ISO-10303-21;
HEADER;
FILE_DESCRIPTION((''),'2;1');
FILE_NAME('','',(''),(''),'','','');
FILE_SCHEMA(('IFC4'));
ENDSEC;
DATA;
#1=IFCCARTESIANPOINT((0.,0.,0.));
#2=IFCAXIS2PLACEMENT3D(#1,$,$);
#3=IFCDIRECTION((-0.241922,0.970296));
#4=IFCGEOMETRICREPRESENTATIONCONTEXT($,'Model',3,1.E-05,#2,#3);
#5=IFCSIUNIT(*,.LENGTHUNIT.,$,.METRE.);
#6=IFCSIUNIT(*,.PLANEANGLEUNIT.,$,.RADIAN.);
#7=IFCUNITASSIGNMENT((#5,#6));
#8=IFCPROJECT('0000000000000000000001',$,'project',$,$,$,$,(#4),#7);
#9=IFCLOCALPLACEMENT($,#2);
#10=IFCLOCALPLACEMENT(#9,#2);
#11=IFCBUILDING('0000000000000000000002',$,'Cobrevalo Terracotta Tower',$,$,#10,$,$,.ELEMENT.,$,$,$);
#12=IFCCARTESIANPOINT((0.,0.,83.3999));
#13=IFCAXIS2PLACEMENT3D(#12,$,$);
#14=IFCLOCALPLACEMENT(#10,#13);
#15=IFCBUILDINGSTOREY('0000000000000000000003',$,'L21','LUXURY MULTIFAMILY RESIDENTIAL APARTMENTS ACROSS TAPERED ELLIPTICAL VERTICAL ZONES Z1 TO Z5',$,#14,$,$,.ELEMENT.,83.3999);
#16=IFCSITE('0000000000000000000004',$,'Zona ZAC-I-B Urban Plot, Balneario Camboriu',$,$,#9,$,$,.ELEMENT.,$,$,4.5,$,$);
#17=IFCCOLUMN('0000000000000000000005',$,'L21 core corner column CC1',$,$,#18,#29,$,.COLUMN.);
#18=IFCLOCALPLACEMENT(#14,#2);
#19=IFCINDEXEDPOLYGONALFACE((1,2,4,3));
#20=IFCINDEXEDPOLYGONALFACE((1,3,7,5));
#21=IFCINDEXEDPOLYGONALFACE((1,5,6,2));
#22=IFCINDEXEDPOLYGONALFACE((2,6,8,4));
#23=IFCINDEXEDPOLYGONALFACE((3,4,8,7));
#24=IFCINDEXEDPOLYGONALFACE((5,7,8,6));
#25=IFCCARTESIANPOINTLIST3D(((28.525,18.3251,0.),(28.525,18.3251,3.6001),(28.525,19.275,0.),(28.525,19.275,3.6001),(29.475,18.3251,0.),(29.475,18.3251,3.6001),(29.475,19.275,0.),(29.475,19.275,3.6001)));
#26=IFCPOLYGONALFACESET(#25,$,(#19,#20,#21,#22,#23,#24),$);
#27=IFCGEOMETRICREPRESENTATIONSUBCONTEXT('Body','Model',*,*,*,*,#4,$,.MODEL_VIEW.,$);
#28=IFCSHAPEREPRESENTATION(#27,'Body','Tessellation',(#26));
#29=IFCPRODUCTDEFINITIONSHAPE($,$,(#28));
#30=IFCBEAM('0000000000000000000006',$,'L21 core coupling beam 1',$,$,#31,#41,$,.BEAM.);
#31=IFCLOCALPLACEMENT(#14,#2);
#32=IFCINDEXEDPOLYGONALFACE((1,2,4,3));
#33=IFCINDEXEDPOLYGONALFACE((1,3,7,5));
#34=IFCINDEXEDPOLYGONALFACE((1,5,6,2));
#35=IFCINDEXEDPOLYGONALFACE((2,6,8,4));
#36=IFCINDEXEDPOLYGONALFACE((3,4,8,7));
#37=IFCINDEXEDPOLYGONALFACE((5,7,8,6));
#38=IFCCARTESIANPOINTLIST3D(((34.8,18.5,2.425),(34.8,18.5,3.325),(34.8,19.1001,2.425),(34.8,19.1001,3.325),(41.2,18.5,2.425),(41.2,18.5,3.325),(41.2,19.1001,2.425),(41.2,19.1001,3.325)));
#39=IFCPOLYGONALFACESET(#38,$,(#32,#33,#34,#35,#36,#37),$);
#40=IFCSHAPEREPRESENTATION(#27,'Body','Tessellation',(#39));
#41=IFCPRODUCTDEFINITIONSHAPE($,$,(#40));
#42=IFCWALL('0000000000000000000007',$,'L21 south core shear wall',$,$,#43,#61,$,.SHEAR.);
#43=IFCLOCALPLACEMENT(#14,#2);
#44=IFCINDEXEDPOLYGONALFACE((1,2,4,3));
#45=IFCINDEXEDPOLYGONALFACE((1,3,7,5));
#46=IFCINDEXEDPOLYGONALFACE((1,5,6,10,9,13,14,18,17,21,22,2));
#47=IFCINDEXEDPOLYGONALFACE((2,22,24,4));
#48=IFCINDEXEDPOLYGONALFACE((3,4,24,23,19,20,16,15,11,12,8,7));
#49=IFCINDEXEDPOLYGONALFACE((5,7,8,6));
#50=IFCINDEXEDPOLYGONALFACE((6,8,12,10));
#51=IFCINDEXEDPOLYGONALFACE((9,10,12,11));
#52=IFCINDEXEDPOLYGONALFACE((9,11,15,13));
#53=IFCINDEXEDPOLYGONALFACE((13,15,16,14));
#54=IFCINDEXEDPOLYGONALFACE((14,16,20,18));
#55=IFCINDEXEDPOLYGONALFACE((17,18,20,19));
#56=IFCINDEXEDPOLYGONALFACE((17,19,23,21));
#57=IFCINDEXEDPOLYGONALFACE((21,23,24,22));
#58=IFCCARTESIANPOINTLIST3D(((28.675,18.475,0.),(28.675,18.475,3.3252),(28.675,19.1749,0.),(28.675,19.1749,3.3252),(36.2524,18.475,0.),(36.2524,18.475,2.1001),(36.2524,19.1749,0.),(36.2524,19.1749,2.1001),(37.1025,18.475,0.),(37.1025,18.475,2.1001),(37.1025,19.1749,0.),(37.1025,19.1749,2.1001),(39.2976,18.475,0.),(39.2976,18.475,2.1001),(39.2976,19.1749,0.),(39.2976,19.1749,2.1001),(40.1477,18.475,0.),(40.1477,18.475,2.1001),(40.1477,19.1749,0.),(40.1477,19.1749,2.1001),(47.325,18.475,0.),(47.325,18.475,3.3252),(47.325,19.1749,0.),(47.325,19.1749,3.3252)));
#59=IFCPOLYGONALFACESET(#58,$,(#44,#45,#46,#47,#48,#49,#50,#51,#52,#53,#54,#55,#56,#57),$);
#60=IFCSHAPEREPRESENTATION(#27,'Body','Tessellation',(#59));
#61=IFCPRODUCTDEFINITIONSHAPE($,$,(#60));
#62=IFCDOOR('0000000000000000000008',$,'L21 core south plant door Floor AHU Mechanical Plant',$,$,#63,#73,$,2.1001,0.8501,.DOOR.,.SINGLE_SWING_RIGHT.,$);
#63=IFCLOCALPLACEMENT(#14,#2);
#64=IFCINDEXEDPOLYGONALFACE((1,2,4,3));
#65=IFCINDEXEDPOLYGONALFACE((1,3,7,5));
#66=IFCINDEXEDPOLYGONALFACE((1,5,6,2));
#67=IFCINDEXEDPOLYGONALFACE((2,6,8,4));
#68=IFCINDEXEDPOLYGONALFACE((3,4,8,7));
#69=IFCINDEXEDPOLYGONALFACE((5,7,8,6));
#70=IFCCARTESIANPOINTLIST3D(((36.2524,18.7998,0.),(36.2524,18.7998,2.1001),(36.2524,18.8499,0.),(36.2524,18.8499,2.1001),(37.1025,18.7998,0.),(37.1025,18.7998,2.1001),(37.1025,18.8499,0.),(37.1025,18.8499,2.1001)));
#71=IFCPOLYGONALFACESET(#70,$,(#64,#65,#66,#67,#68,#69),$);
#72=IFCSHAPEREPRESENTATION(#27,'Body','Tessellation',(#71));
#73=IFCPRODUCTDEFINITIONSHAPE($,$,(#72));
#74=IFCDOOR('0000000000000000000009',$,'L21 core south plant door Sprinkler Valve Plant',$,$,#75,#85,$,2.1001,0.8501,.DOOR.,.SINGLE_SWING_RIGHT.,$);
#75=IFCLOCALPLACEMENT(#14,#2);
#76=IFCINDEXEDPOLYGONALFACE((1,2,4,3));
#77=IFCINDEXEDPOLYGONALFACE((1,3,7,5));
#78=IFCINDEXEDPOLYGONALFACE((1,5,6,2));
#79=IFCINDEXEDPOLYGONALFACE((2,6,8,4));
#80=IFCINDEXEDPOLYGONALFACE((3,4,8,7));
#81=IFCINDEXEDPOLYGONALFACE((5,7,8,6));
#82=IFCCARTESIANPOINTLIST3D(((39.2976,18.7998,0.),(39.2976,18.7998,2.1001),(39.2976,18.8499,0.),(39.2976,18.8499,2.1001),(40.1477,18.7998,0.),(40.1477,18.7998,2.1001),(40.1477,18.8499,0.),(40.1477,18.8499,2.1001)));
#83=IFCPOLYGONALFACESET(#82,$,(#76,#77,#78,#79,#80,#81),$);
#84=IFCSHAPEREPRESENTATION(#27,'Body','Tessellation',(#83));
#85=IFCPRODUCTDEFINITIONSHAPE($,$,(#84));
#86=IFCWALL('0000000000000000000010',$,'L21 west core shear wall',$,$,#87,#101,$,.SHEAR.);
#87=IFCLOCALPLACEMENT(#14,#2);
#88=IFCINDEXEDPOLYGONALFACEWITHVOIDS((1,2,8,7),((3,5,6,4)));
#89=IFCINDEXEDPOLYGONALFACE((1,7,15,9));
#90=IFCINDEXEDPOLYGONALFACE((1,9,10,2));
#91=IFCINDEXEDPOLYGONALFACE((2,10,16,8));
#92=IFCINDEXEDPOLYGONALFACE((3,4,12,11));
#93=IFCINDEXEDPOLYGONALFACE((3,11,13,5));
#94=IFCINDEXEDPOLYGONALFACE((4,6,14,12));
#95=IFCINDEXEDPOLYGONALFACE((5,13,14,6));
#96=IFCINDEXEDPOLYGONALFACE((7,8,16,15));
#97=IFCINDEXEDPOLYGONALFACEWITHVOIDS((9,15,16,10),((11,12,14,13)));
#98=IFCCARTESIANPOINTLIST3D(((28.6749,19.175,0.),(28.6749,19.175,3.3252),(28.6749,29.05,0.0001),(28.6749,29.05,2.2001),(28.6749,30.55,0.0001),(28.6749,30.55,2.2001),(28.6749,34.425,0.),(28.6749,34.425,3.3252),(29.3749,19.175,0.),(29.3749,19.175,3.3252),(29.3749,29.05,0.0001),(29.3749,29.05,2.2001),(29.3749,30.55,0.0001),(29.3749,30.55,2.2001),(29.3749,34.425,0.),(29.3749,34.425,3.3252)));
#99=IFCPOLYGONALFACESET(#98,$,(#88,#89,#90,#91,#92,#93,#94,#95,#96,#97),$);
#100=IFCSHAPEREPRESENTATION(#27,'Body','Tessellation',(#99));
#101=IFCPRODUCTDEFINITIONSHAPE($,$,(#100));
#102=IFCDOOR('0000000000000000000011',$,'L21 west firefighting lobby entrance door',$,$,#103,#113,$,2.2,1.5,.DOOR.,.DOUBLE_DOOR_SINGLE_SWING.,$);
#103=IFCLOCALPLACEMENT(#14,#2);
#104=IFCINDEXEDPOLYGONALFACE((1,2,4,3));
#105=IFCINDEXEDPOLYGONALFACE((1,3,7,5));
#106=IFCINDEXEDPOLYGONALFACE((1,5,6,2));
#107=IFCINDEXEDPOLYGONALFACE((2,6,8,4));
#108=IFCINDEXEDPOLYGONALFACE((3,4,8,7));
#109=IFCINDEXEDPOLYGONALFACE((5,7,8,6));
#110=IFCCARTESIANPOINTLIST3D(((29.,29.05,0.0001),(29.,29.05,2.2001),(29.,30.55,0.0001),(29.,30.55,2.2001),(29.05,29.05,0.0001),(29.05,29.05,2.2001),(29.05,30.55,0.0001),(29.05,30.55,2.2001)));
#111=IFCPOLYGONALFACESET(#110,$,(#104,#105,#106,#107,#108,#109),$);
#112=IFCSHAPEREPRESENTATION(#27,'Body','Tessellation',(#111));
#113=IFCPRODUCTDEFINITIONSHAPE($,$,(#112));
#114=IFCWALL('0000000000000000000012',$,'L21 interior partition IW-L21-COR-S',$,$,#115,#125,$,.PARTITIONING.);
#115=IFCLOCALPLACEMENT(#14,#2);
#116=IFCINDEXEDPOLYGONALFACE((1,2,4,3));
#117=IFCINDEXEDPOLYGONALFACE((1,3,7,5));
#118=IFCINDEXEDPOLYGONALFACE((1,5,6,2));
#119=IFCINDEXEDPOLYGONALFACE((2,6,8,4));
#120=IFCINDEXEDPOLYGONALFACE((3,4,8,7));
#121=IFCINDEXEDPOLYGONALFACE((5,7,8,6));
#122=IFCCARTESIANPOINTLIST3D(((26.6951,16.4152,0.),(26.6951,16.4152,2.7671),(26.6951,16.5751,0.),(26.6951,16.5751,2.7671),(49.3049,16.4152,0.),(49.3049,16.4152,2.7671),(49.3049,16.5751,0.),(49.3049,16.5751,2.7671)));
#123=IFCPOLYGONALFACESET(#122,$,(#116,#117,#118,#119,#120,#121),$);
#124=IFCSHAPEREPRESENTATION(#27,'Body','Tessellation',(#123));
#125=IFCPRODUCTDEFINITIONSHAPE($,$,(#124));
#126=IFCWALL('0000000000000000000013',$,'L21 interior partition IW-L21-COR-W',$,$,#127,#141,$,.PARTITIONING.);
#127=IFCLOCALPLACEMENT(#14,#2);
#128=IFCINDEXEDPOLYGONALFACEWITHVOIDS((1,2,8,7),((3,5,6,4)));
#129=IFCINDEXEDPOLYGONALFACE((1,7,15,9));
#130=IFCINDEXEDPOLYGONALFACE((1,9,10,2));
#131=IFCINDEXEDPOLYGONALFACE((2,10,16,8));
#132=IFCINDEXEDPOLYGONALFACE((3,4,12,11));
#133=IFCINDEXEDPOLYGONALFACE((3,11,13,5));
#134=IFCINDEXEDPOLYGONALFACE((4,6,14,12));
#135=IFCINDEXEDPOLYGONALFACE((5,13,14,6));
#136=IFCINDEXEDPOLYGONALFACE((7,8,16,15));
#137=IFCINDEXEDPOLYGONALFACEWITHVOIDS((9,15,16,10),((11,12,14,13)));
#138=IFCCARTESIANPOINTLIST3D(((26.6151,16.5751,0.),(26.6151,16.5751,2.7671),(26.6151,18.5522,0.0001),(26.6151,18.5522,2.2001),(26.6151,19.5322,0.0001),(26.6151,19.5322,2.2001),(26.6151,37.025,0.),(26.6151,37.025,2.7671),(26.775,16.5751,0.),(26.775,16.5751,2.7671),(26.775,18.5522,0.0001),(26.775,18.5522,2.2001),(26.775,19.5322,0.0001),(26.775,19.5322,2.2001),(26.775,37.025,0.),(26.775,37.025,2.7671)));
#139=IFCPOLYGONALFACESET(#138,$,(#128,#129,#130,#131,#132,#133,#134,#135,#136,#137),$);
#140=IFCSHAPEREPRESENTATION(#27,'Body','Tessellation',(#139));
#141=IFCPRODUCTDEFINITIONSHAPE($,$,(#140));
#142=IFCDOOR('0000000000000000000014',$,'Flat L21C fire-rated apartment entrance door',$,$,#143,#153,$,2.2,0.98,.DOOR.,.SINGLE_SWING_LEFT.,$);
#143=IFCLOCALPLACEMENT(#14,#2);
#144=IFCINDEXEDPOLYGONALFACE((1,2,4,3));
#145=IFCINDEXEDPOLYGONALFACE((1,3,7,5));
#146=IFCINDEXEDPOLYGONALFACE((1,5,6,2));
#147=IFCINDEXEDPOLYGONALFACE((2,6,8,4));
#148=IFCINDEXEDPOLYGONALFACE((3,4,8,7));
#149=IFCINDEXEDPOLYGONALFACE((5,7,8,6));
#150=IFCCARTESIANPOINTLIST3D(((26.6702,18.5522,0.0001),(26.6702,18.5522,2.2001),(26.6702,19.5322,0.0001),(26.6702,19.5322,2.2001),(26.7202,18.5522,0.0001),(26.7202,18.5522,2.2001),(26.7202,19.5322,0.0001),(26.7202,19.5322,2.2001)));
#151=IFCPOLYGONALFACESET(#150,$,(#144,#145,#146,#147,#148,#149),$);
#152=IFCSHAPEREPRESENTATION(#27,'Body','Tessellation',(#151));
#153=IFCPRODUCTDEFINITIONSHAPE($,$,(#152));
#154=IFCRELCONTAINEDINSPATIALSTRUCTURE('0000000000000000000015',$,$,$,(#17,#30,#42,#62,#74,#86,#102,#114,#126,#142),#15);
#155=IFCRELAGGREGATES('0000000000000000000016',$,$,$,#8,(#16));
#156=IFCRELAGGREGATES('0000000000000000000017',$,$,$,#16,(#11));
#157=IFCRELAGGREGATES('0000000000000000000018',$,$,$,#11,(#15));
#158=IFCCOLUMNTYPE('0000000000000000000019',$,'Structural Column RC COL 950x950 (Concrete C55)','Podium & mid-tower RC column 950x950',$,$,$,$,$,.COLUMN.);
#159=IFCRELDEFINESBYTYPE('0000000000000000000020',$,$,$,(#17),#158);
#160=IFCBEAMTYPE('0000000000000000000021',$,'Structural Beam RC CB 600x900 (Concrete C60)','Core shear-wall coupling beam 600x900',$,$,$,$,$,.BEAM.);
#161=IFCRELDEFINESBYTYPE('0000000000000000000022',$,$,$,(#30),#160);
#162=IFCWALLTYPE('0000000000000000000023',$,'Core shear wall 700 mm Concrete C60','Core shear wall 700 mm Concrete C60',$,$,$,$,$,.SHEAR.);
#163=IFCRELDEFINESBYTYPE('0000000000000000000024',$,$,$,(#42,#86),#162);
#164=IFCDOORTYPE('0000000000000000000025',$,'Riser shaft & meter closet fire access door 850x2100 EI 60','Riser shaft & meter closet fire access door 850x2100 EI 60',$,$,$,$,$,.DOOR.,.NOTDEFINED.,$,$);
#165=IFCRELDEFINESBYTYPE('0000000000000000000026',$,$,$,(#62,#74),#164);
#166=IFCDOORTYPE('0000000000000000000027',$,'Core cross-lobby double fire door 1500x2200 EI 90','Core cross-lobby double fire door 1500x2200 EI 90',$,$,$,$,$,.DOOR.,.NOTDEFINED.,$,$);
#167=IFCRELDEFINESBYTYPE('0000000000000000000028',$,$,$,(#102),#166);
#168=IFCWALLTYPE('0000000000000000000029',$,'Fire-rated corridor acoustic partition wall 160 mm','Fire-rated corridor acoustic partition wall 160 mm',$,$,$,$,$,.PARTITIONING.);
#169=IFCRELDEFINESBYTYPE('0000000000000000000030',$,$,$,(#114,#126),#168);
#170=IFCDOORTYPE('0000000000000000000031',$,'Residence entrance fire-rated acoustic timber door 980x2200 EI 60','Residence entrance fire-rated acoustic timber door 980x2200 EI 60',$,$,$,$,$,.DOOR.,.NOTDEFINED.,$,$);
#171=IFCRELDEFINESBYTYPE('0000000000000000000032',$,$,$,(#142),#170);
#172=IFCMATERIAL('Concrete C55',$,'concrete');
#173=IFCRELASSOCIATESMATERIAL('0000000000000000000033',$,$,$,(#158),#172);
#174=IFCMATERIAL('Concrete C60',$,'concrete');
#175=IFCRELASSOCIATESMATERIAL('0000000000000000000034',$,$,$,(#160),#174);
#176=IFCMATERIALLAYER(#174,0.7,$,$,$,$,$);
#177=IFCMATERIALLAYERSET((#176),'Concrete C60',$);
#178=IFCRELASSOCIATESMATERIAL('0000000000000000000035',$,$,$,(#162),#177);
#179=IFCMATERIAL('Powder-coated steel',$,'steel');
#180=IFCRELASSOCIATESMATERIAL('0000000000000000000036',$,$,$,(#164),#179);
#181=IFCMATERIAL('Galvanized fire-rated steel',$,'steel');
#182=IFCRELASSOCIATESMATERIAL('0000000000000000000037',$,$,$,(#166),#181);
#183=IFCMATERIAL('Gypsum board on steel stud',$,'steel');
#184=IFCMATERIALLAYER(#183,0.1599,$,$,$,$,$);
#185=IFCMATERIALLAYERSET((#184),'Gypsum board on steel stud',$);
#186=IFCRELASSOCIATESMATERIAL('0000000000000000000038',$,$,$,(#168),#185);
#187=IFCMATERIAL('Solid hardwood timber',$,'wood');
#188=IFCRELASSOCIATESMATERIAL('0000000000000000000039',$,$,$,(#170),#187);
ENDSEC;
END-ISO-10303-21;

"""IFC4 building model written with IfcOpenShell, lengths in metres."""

from ifc_helpers import new_model, si_unit, direction, frame, frame_2d, origin, origin_2d, place, context, subcontext, project, spatial, rectangle, extrude, source, transform, mapped, material, layer, layer_set, material_profile, profile_set, type_object, element, fill, save


model = new_model("IFC4")

# Units and contexts
model_context = context("Model", 3, precision=1e-05, world=origin(), true_north=direction((-0.241922, 0.970296)))
body_context = subcontext(model_context, "Body", "Model", "MODEL_VIEW")
ifc_project = project(units=[si_unit("LENGTHUNIT", "METRE"), si_unit("PLANEANGLEUNIT", "RADIAN")], contexts=[model_context])

# Site, building, storey
site_placement = place(None, origin())
site = spatial("IfcSite", under=ifc_project, at=site_placement, Name="Zona ZAC-I-B Urban Plot, Balneario Camboriu", CompositionType="ELEMENT", RefElevation=4.5)
building_placement = place(site_placement, origin())
building = spatial("IfcBuilding", under=site, at=building_placement, Name="Cobrevalo Terracotta Tower", CompositionType="ELEMENT")
storey_placement = place(building_placement, frame((0.0, 0.0, 83.3999)))
storey = spatial("IfcBuildingStorey", under=building, at=storey_placement, Name="L21", Description="LUXURY MULTIFAMILY RESIDENTIAL APARTMENTS ACROSS TAPERED ELLIPTICAL VERTICAL ZONES Z1 TO Z5", CompositionType="ELEMENT", Elevation=83.3999)

# Column
ifc_material_1 = material(Name="Concrete C55", Category="concrete")
ifc_material_profile_1 = material_profile(ifc_material_1, rectangle(XDim=0.95, YDim=0.95, at=origin_2d()), Name="RC COL 950x950")
ifc_profile_set_1 = profile_set([ifc_material_profile_1], Name="Concrete C55")
column_type = type_object("IfcColumnType", Name="Structural Column RC COL 950x950 (Concrete C55)", Description="Podium & mid-tower RC column 950x950", PredefinedType="COLUMN", material=ifc_profile_set_1)
column_placement = place(storey_placement, frame((29.0, 18.8, 0.0), z_axis=(0.0, 0.0, 1.0), x_axis=(1.0, 0.0, 0.0)))
element("IfcColumn", 1, at=column_placement, inside=storey, type_object=column_type, Name="L21 core corner column CC1", PredefinedType="COLUMN", context=body_context, shape_type="SweptSolid", body=[
    extrude(rectangle(XDim=0.95, YDim=0.95, at=origin_2d()), origin(), (0.0, 0.0, 1.0), 3.6001),
])

# Beam
ifc_material_2 = material(Name="Concrete C60", Category="concrete")
ifc_material_profile_2 = material_profile(ifc_material_2, rectangle(XDim=0.6001, YDim=0.8999, at=origin_2d()), Name="RC CB 600x900")
ifc_profile_set_2 = profile_set([ifc_material_profile_2], Name="Concrete C60")
beam_type = type_object("IfcBeamType", Name="Structural Beam RC CB 600x900 (Concrete C60)", Description="Core shear-wall coupling beam 600x900", PredefinedType="BEAM", material=ifc_profile_set_2)
beam_placement = place(storey_placement, frame((34.8, 18.8, 2.875), z_axis=(1.0, 0.0, 0.0), x_axis=(0.0, 1.0, 0.0)))
element("IfcBeam", 2, at=beam_placement, inside=storey, type_object=beam_type, Name="L21 core coupling beam 1", PredefinedType="BEAM", context=body_context, shape_type="SweptSolid", body=[
    extrude(rectangle(XDim=0.6001, YDim=0.8999, at=origin_2d()), origin(), (0.0, 0.0, 1.0), 6.3999),
])

# Wall, openings, doors
ifc_layer_1 = layer(ifc_material_2, 0.7)
ifc_layer_set_1 = layer_set([ifc_layer_1], Name="Concrete C60")
wall_type_1 = type_object("IfcWallType", Name="Core shear wall 700 mm Concrete C60", Description="Core shear wall 700 mm Concrete C60", PredefinedType="SHEAR", material=ifc_layer_set_1)
wall_1_placement = place(storey_placement, frame((28.675, 18.825, 0.0), z_axis=(0.0, 0.0, 1.0), x_axis=(1.0, 0.0, 0.0)))
wall_1 = element("IfcWall", 3, at=wall_1_placement, inside=storey, type_object=wall_type_1, Name="L21 south core shear wall", PredefinedType="SHEAR", context=body_context, shape_type="SweptSolid", body=[
    extrude(rectangle(XDim=18.6499, YDim=0.7, at=frame_2d((9.325, 0.0))), origin(), (0.0, 0.0, 1.0), 3.3252),
])
opening_1_placement = place(wall_1_placement, frame((7.5774, 0.0, 0.0)))
opening_1 = element("IfcOpeningElement", 4, at=opening_1_placement, cuts=wall_1, PredefinedType="OPENING", context=body_context, shape_type="SweptSolid", body=[
    extrude(rectangle(XDim=0.8501, YDim=2.1001, at=frame_2d((0.425, 1.05))), frame((0.0, 0.3599, 0.0), z_axis=(0.0, -1.0, 0.0), x_axis=(1.0, 0.0, 0.0)), (0.0, 0.0, 1.0), 0.72),
])
opening_2_placement = place(wall_1_placement, frame((10.6226, 0.0, 0.0)))
opening_2 = element("IfcOpeningElement", 5, at=opening_2_placement, cuts=wall_1, PredefinedType="OPENING", context=body_context, shape_type="SweptSolid", body=[
    extrude(rectangle(XDim=0.8501, YDim=2.1001, at=frame_2d((0.425, 1.05))), frame((0.0, 0.3599, 0.0), z_axis=(0.0, -1.0, 0.0), x_axis=(1.0, 0.0, 0.0)), (0.0, 0.0, 1.0), 0.72),
])
ifc_material_3 = material(Name="Powder-coated steel", Category="steel")
door_type_1 = type_object("IfcDoorType", Name="Riser shaft & meter closet fire access door 850x2100 EI 60", Description="Riser shaft & meter closet fire access door 850x2100 EI 60", OperationType="NOTDEFINED", PredefinedType="DOOR", material=ifc_material_3)
shared_shape_1 = source(origin(), body_context, "Body", "SweptSolid", [
    extrude(rectangle(XDim=0.8501, YDim=2.1001, at=frame_2d((0.425, 1.05))), frame((0.0, 0.0249, 0.0), z_axis=(0.0, -1.0, 0.0), x_axis=(1.0, 0.0, 0.0)), (0.0, 0.0, 1.0), 0.05),
])
door_1_placement = place(opening_1_placement, origin())
door_1 = element("IfcDoor", 6, at=door_1_placement, inside=storey, type_object=door_type_1, Name="L21 core south plant door Floor AHU Mechanical Plant", OperationType="SINGLE_SWING_RIGHT", OverallHeight=2.1001, OverallWidth=0.8501, PredefinedType="DOOR", context=body_context, shape_type="MappedRepresentation", body=[
    mapped(shared_shape_1, transform((0.0, 0.0, 0.0), scale=1.0)),
])
fill(opening_1, door_1)
door_2_placement = place(opening_2_placement, origin())
door_2 = element("IfcDoor", 7, at=door_2_placement, inside=storey, type_object=door_type_1, Name="L21 core south plant door Sprinkler Valve Plant", OperationType="SINGLE_SWING_RIGHT", OverallHeight=2.1001, OverallWidth=0.8501, PredefinedType="DOOR", context=body_context, shape_type="MappedRepresentation", body=[
    mapped(shared_shape_1, transform((0.0, 0.0, 0.0), scale=1.0)),
])
fill(opening_2, door_2)

# Wall, opening, door
wall_2_placement = place(storey_placement, frame((29.0249, 19.175, 0.0), z_axis=(0.0, 0.0, 1.0), x_axis=(0.0, 1.0, 0.0)))
wall_2 = element("IfcWall", 8, at=wall_2_placement, inside=storey, type_object=wall_type_1, Name="L21 west core shear wall", PredefinedType="SHEAR", context=body_context, shape_type="SweptSolid", body=[
    extrude(rectangle(XDim=15.25, YDim=0.7, at=frame_2d((7.625, 0.0))), origin(), (0.0, 0.0, 1.0), 3.3252),
])
opening_3_placement = place(wall_2_placement, frame((9.875, 0.0, 0.0)))
opening_3 = element("IfcOpeningElement", 9, at=opening_3_placement, cuts=wall_2, PredefinedType="OPENING", context=body_context, shape_type="SweptSolid", body=[
    extrude(rectangle(XDim=1.5, YDim=2.2, at=frame_2d((0.75, 1.1001))), frame((0.0, 0.3599, 0.0), z_axis=(0.0, -1.0, 0.0), x_axis=(1.0, 0.0, 0.0)), (0.0, 0.0, 1.0), 0.72),
])
ifc_material_4 = material(Name="Galvanized fire-rated steel", Category="steel")
door_type_2 = type_object("IfcDoorType", Name="Core cross-lobby double fire door 1500x2200 EI 90", Description="Core cross-lobby double fire door 1500x2200 EI 90", OperationType="NOTDEFINED", PredefinedType="DOOR", material=ifc_material_4)
shared_shape_2 = source(origin(), body_context, "Body", "SweptSolid", [
    extrude(rectangle(XDim=1.5, YDim=2.2, at=frame_2d((0.75, 1.1001))), frame((0.0, 0.0249, 0.0), z_axis=(0.0, -1.0, 0.0), x_axis=(1.0, 0.0, 0.0)), (0.0, 0.0, 1.0), 0.05),
])
door_3_placement = place(opening_3_placement, origin())
door_3 = element("IfcDoor", 10, at=door_3_placement, inside=storey, type_object=door_type_2, Name="L21 west firefighting lobby entrance door", OperationType="DOUBLE_DOOR_SINGLE_SWING", OverallHeight=2.2, OverallWidth=1.5, PredefinedType="DOOR", context=body_context, shape_type="MappedRepresentation", body=[
    mapped(shared_shape_2, transform((0.0, 0.0, 0.0), scale=1.0)),
])
fill(opening_3, door_3)

# Wall
ifc_material_5 = material(Name="Gypsum board on steel stud", Category="steel")
ifc_layer_2 = layer(ifc_material_5, 0.1599)
ifc_layer_set_2 = layer_set([ifc_layer_2], Name="Gypsum board on steel stud")
wall_type_2 = type_object("IfcWallType", Name="Fire-rated corridor acoustic partition wall 160 mm", Description="Fire-rated corridor acoustic partition wall 160 mm", PredefinedType="PARTITIONING", material=ifc_layer_set_2)
wall_3_placement = place(storey_placement, frame((26.6951, 16.4951, 0.0), z_axis=(0.0, 0.0, 1.0), x_axis=(1.0, 0.0, 0.0)))
element("IfcWall", 11, at=wall_3_placement, inside=storey, type_object=wall_type_2, Name="L21 interior partition IW-L21-COR-S", PredefinedType="PARTITIONING", context=body_context, shape_type="SweptSolid", body=[
    extrude(rectangle(XDim=22.6099, YDim=0.1599, at=frame_2d((11.3049, 0.0))), origin(), (0.0, 0.0, 1.0), 2.7671),
])

# Wall, opening, door
wall_4_placement = place(storey_placement, frame((26.6951, 16.575, 0.0), z_axis=(0.0, 0.0, 1.0), x_axis=(0.0, 1.0, 0.0)))
wall_4 = element("IfcWall", 12, at=wall_4_placement, inside=storey, type_object=wall_type_2, Name="L21 interior partition IW-L21-COR-W", PredefinedType="PARTITIONING", context=body_context, shape_type="SweptSolid", body=[
    extrude(rectangle(XDim=20.45, YDim=0.1599, at=frame_2d((10.2251, 0.0))), origin(), (0.0, 0.0, 1.0), 2.7671),
])
opening_4_placement = place(wall_4_placement, frame((1.9773, 0.0, 0.0)))
opening_4 = element("IfcOpeningElement", 13, at=opening_4_placement, cuts=wall_4, PredefinedType="OPENING", context=body_context, shape_type="SweptSolid", body=[
    extrude(rectangle(XDim=0.98, YDim=2.2, at=frame_2d((0.49, 1.1001))), frame((0.0, 0.0898, 0.0), z_axis=(0.0, -1.0, 0.0), x_axis=(1.0, 0.0, 0.0)), (0.0, 0.0, 1.0), 0.1799),
])
ifc_material_6 = material(Name="Solid hardwood timber", Category="wood")
door_type_3 = type_object("IfcDoorType", Name="Residence entrance fire-rated acoustic timber door 980x2200 EI 60", Description="Residence entrance fire-rated acoustic timber door 980x2200 EI 60", OperationType="NOTDEFINED", PredefinedType="DOOR", material=ifc_material_6)
shared_shape_3 = source(origin(), body_context, "Body", "SweptSolid", [
    extrude(rectangle(XDim=0.98, YDim=2.2, at=frame_2d((0.49, 1.1001))), frame((0.0, 0.0249, 0.0), z_axis=(0.0, -1.0, 0.0), x_axis=(1.0, 0.0, 0.0)), (0.0, 0.0, 1.0), 0.05),
])
door_4_placement = place(opening_4_placement, origin())
door_4 = element("IfcDoor", 14, at=door_4_placement, inside=storey, type_object=door_type_3, Name="Flat L21C fire-rated apartment entrance door", OperationType="SINGLE_SWING_LEFT", OverallHeight=2.2, OverallWidth=0.98, PredefinedType="DOOR", context=body_context, shape_type="MappedRepresentation", body=[
    mapped(shared_shape_3, transform((0.0, 0.0, 0.0), scale=1.0)),
])
fill(opening_4, door_4)

save(model, "model.ifc")
